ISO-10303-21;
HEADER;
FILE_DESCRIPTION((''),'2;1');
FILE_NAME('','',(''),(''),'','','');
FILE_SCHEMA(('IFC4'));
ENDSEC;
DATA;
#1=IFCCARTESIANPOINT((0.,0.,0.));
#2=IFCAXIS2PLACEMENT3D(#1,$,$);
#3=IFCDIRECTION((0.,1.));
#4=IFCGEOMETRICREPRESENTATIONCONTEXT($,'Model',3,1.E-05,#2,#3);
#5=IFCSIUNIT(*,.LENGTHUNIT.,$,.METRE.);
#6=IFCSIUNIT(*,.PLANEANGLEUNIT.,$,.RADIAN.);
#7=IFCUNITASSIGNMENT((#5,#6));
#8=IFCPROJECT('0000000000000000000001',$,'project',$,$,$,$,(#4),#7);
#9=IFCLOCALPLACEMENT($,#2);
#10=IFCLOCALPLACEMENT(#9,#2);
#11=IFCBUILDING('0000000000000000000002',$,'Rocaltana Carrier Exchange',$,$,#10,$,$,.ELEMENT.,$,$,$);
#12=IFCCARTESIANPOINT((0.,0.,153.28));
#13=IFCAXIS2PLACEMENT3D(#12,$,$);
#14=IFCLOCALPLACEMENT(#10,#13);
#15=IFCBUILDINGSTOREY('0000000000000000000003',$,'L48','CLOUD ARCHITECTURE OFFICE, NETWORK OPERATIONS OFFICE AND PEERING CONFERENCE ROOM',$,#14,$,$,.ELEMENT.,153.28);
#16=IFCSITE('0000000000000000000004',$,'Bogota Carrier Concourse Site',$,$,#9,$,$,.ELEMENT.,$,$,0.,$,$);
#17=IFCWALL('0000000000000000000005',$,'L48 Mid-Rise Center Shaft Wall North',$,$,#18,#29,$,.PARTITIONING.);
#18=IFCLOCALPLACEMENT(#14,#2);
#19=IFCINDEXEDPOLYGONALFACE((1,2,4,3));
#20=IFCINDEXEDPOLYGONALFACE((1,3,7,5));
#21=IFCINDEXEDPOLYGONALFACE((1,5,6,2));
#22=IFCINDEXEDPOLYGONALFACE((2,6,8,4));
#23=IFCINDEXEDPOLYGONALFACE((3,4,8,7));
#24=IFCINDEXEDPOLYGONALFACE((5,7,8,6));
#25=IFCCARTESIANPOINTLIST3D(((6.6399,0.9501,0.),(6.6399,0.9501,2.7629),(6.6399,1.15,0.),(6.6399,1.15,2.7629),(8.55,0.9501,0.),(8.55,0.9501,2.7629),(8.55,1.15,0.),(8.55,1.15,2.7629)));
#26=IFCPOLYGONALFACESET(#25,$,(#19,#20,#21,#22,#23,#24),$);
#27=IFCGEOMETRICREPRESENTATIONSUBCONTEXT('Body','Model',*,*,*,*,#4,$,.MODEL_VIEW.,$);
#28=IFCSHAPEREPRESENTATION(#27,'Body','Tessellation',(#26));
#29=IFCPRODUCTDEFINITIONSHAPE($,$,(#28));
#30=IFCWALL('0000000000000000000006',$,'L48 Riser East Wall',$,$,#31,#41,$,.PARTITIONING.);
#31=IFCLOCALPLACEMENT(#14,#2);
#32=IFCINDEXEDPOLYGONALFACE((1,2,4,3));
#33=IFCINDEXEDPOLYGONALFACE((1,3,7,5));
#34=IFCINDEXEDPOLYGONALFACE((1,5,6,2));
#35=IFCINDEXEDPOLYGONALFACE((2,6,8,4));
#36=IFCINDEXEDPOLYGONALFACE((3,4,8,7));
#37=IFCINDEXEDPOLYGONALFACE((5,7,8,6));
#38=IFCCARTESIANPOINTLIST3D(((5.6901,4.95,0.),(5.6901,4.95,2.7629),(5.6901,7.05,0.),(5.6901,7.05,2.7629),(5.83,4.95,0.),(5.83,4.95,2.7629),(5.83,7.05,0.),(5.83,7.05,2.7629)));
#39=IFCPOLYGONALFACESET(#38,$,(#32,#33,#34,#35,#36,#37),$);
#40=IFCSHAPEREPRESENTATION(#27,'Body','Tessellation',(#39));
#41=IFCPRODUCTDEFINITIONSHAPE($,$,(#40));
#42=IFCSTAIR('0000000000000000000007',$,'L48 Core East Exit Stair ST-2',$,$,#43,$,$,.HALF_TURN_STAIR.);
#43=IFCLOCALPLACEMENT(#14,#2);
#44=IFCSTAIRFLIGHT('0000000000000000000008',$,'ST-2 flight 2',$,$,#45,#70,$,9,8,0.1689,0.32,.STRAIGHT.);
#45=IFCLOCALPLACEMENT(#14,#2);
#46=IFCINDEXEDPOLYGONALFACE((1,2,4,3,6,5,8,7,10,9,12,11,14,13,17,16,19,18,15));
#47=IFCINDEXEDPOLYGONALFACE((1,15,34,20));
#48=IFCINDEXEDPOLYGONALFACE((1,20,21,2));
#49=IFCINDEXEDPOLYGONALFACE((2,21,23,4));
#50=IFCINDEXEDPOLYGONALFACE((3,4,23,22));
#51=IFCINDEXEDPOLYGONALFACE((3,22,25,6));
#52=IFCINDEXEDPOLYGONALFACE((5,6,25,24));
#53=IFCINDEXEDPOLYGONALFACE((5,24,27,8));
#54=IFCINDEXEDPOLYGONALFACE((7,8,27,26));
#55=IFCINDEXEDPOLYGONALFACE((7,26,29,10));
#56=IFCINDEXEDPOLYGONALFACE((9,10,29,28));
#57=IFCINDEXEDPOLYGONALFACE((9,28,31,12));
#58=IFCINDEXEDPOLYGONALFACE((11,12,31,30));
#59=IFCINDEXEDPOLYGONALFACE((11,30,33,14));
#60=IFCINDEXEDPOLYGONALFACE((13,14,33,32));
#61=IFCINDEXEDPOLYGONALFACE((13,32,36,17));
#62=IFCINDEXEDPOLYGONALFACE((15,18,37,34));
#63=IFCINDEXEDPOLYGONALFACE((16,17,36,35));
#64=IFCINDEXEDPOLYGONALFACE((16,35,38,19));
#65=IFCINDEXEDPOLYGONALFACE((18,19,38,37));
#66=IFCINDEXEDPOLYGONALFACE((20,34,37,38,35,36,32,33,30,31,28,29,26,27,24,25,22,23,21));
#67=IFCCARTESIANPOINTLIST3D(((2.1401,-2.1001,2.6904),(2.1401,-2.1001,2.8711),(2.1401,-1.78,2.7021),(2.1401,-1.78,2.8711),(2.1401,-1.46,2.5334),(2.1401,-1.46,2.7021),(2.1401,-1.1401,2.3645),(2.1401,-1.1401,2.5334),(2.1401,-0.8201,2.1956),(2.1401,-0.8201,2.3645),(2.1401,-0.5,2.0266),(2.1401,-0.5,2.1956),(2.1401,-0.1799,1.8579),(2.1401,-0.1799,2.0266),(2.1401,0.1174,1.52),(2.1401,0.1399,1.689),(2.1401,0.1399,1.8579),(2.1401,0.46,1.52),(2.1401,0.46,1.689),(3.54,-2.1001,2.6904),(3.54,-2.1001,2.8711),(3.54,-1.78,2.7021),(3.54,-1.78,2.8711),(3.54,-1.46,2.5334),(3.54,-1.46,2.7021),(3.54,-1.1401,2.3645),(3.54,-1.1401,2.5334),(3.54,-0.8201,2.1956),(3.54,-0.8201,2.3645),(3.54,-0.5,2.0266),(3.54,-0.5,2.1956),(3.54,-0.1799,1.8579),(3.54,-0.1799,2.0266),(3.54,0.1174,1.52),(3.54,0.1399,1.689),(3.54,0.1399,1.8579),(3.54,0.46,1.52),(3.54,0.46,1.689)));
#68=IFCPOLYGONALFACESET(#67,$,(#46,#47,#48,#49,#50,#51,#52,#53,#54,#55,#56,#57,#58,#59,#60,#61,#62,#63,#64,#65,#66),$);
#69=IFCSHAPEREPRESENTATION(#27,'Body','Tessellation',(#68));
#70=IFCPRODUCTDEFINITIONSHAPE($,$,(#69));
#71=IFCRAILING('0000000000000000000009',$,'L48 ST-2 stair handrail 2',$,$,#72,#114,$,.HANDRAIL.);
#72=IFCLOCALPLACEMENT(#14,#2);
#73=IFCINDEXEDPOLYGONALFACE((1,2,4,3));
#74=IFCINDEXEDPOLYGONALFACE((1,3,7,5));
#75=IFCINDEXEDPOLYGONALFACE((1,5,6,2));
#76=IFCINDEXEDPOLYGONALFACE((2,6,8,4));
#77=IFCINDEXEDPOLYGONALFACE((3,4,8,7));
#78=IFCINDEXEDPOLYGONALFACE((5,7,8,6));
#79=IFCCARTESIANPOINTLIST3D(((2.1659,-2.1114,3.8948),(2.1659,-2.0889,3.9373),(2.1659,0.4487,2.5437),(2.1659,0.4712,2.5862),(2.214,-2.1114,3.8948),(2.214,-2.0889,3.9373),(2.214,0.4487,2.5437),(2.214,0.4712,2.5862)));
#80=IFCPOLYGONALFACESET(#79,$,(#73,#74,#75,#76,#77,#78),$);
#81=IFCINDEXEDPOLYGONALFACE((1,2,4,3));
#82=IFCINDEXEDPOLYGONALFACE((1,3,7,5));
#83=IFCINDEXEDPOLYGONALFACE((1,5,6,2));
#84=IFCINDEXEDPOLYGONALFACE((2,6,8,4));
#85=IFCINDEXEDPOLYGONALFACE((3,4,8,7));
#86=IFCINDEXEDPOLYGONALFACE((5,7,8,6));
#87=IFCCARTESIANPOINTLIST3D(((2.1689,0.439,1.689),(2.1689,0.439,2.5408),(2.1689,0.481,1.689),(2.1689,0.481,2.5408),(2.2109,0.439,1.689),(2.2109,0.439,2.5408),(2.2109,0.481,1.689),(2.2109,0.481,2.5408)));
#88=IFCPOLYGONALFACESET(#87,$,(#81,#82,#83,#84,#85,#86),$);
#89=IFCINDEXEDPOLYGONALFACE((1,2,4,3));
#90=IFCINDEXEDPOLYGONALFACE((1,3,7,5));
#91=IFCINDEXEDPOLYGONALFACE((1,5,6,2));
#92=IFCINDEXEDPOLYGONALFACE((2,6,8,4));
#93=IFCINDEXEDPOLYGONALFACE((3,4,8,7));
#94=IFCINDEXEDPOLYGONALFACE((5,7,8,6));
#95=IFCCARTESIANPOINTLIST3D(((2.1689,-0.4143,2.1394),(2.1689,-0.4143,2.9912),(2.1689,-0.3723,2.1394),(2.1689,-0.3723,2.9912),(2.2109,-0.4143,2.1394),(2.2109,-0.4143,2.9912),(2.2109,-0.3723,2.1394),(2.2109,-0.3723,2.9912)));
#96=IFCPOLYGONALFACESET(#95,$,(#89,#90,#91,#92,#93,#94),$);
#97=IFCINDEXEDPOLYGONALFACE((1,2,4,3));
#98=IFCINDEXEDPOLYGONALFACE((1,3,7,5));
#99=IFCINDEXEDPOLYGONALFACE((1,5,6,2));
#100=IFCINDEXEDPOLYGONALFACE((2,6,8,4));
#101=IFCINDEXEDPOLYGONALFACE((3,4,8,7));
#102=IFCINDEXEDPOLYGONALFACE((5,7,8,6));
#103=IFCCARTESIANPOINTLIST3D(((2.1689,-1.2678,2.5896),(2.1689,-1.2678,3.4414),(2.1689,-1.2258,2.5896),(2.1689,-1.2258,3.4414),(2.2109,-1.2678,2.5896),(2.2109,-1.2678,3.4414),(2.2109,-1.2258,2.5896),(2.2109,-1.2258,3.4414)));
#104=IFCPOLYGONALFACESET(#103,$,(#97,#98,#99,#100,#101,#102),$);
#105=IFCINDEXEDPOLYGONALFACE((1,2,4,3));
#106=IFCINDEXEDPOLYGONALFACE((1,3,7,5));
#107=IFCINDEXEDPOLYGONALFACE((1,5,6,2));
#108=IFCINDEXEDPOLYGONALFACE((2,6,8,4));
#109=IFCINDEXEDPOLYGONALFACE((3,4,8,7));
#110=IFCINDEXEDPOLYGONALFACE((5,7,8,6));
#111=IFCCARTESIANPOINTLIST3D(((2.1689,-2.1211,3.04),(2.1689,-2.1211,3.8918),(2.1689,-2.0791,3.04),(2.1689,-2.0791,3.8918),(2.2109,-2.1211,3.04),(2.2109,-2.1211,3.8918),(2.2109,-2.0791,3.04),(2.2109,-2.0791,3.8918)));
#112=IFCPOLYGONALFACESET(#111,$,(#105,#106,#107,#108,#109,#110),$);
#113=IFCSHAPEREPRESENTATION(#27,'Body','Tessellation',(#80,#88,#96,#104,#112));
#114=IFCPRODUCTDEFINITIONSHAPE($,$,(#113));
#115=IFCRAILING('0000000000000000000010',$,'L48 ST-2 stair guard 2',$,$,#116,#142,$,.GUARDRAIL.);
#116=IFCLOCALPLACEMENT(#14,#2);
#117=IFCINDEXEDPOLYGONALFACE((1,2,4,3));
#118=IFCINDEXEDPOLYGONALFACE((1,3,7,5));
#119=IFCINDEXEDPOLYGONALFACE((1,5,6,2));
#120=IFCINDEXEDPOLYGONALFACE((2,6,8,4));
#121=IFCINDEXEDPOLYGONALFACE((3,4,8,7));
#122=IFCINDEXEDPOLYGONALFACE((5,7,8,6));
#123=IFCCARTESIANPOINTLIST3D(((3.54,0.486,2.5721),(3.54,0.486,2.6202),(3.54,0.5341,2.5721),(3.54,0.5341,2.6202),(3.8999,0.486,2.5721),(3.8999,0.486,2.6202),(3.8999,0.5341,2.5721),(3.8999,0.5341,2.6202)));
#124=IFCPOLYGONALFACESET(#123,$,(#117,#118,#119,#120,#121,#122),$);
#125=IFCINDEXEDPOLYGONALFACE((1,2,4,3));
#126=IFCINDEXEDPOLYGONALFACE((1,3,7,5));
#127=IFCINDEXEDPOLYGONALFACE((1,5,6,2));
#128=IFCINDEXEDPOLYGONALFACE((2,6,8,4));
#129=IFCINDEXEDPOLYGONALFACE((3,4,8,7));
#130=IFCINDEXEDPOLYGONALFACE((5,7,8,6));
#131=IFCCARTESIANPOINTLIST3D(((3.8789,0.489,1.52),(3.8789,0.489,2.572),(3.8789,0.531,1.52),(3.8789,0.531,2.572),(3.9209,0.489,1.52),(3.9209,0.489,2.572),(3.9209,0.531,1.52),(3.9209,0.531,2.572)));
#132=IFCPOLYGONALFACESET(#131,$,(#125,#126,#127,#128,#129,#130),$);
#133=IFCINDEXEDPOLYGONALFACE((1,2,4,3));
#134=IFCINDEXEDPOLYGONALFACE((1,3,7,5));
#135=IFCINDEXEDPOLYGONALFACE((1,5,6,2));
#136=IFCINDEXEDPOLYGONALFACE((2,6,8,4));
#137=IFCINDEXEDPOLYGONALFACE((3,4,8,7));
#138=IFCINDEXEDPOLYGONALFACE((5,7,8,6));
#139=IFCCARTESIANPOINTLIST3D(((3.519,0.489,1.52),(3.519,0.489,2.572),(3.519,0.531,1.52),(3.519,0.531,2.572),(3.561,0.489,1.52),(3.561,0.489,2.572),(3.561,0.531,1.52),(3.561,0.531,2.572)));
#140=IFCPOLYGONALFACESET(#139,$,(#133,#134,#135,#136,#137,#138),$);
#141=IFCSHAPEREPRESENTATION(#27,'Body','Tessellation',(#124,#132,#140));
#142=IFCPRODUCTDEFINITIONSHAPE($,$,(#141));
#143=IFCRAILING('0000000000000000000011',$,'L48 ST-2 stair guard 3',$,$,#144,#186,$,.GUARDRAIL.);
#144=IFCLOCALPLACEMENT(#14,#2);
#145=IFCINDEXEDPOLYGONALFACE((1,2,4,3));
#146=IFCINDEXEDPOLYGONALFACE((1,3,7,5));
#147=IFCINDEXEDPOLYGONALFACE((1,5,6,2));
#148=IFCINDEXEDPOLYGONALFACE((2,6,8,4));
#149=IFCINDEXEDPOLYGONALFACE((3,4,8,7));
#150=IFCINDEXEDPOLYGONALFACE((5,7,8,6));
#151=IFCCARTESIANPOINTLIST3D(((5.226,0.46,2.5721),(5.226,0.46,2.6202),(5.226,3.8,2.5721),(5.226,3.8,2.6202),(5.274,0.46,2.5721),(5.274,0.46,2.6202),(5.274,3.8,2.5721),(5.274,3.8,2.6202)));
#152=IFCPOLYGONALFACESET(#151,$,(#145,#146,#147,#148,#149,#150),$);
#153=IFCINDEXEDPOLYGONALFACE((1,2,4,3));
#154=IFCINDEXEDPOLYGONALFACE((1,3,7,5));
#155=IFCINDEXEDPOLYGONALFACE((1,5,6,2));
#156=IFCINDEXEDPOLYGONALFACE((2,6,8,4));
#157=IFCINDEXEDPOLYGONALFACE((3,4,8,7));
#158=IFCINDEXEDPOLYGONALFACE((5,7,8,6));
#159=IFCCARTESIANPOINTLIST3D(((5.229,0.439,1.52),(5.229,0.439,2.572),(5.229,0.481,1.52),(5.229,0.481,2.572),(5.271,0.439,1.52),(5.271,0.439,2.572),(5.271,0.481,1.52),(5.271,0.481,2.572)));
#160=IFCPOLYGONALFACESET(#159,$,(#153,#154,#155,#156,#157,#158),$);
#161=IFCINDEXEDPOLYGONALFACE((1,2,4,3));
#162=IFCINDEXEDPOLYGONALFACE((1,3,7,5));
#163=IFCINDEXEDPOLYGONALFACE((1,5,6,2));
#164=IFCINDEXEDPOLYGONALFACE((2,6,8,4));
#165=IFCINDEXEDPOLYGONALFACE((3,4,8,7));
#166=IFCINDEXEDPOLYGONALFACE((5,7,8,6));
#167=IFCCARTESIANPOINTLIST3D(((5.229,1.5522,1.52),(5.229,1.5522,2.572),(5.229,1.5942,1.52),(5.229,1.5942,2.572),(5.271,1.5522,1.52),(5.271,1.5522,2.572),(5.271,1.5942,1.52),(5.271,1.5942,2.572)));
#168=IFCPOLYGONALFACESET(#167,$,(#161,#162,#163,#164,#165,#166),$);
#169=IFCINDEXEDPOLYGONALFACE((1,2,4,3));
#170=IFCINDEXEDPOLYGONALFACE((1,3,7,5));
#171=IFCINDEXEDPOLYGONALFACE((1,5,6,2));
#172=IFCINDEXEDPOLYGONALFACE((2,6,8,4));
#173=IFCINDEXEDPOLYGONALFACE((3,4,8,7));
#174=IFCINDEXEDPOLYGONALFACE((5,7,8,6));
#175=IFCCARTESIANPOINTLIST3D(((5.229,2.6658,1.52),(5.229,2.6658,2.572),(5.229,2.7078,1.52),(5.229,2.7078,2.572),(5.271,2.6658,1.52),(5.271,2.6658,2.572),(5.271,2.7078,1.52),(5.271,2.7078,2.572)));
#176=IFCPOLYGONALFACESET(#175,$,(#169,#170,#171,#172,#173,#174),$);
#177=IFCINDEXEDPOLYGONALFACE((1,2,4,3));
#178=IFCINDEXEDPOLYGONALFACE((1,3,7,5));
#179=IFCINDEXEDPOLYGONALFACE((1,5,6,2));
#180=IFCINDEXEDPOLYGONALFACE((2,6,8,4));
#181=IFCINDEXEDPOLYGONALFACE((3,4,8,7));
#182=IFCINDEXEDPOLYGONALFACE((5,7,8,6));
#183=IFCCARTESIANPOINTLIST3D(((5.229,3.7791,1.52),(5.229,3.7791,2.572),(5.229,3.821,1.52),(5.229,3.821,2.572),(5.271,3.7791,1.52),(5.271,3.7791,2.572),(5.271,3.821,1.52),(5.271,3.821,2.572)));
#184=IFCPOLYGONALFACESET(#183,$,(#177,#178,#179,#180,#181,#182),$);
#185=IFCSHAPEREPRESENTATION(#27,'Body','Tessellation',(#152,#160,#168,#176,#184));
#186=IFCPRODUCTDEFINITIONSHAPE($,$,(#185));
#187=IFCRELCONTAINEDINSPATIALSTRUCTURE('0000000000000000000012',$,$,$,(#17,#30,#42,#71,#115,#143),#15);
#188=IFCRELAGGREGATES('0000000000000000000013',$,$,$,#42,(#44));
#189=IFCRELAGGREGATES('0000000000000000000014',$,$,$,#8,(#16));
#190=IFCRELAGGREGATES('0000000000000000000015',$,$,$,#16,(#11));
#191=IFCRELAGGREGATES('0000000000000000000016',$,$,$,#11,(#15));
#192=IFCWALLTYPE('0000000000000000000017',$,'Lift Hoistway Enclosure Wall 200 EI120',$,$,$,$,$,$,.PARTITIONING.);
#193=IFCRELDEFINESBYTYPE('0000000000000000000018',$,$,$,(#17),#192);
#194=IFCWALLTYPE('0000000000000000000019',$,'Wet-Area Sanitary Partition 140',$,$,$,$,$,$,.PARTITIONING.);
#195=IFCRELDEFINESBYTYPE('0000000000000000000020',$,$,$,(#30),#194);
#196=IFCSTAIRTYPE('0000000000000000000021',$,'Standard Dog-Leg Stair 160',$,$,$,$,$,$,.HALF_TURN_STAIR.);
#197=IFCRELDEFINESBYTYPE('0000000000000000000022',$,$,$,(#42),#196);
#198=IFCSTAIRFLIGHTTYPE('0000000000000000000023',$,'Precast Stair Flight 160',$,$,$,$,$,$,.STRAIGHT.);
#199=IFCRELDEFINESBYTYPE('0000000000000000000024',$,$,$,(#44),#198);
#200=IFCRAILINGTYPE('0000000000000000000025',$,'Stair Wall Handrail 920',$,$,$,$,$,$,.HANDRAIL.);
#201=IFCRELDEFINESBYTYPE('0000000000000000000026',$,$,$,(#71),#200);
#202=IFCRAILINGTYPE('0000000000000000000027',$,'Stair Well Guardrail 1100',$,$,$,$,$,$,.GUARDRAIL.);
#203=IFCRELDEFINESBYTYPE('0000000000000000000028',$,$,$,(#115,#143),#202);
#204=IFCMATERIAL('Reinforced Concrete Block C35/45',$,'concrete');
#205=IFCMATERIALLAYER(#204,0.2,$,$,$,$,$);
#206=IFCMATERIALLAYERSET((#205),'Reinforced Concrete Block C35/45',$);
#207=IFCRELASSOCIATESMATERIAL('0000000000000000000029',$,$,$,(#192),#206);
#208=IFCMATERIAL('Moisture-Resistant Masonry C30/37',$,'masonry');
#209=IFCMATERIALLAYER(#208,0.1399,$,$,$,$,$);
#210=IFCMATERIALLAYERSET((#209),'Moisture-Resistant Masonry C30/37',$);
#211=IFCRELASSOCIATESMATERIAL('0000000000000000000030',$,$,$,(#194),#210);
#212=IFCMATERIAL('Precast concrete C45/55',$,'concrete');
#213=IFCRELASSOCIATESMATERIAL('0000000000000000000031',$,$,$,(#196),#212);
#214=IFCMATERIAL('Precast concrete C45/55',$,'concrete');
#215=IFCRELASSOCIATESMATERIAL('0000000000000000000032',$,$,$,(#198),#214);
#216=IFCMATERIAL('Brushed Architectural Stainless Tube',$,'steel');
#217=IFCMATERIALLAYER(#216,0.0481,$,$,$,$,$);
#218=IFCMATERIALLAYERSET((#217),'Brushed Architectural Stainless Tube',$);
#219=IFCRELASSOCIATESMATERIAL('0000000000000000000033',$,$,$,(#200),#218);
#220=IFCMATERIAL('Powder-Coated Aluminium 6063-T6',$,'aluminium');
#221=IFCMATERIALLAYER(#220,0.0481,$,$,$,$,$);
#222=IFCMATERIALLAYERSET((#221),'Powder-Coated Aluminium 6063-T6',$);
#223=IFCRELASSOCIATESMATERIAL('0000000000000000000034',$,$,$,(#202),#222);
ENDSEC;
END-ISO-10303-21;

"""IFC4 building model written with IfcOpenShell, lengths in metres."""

from ifc_helpers import new_model, si_unit, direction, frame, frame_2d, origin, origin_2d, place, context, subcontext, project, spatial, polyline, rectangle, outline, extrude, material, layer, layer_set, type_object, element, aggregate, save


model = new_model("IFC4")

# Units and contexts
model_context = context("Model", 3, precision=1e-05, world=origin(), true_north=direction((0.0, 1.0)))
body_context = subcontext(model_context, "Body", "Model", "MODEL_VIEW")
ifc_project = project(units=[si_unit("LENGTHUNIT", "METRE"), si_unit("PLANEANGLEUNIT", "RADIAN")], contexts=[model_context])

# Site, building, storey
site_placement = place(None, origin())
site = spatial("IfcSite", under=ifc_project, at=site_placement, Name="Bogota Carrier Concourse Site", CompositionType="ELEMENT", RefElevation=0.0)
building_placement = place(site_placement, origin())
building = spatial("IfcBuilding", under=site, at=building_placement, Name="Rocaltana Carrier Exchange", CompositionType="ELEMENT")
storey_placement = place(building_placement, frame((0.0, 0.0, 153.28)))
storey = spatial("IfcBuildingStorey", under=building, at=storey_placement, Name="L48", Description="CLOUD ARCHITECTURE OFFICE, NETWORK OPERATIONS OFFICE AND PEERING CONFERENCE ROOM", CompositionType="ELEMENT", Elevation=153.28)

# Walls
ifc_material_1 = material(Name="Reinforced Concrete Block C35/45", Category="concrete")
ifc_layer_1 = layer(ifc_material_1, 0.2)
ifc_layer_set_1 = layer_set([ifc_layer_1], Name="Reinforced Concrete Block C35/45")
wall_type_1 = type_object("IfcWallType", Name="Lift Hoistway Enclosure Wall 200 EI120", PredefinedType="PARTITIONING", material=ifc_layer_set_1)
wall_1_placement = place(storey_placement, frame((6.6399, 1.05, 0.0), z_axis=(0.0, 0.0, 1.0), x_axis=(1.0, 0.0, 0.0)))
element("IfcWall", 1, at=wall_1_placement, inside=storey, type_object=wall_type_1, Name="L48 Mid-Rise Center Shaft Wall North", PredefinedType="PARTITIONING", context=body_context, shape_type="SweptSolid", body=[
    extrude(rectangle(XDim=1.9102, YDim=0.2, at=frame_2d((0.9551, 0.0))), origin(), (0.0, 0.0, 1.0), 2.7629),
])
ifc_material_2 = material(Name="Moisture-Resistant Masonry C30/37", Category="masonry")
ifc_layer_2 = layer(ifc_material_2, 0.1399)
ifc_layer_set_2 = layer_set([ifc_layer_2], Name="Moisture-Resistant Masonry C30/37")
wall_type_2 = type_object("IfcWallType", Name="Wet-Area Sanitary Partition 140", PredefinedType="PARTITIONING", material=ifc_layer_set_2)
wall_2_placement = place(storey_placement, frame((5.76, 4.95, 0.0), z_axis=(0.0, 0.0, 1.0), x_axis=(0.0, 1.0, 0.0)))
element("IfcWall", 2, at=wall_2_placement, inside=storey, type_object=wall_type_2, Name="L48 Riser East Wall", PredefinedType="PARTITIONING", context=body_context, shape_type="SweptSolid", body=[
    extrude(rectangle(XDim=2.1001, YDim=0.1399, at=frame_2d((1.05, 0.0))), origin(), (0.0, 0.0, 1.0), 2.7629),
])

# Stair, stair flight
ifc_material_3 = material(Name="Precast concrete C45/55", Category="concrete")
stair_type = type_object("IfcStairType", Name="Standard Dog-Leg Stair 160", PredefinedType="HALF_TURN_STAIR", material=ifc_material_3)
stair_placement = place(storey_placement, origin())
stair = element("IfcStair", 3, at=stair_placement, inside=storey, type_object=stair_type, Name="L48 Core East Exit Stair ST-2", PredefinedType="HALF_TURN_STAIR")
ifc_material_4 = material(Name="Precast concrete C45/55", Category="concrete")
stair_flight_type = type_object("IfcStairFlightType", Name="Precast Stair Flight 160", PredefinedType="STRAIGHT", material=ifc_material_4)
stair_flight_placement = place(storey_placement, frame((2.8401, 0.46, 1.52), z_axis=(0.0, 0.0, 1.0), x_axis=(0.0, -1.0, 0.0)))
stair_flight = element("IfcStairFlight", 4, at=stair_flight_placement, type_object=stair_flight_type, Name="ST-2 flight 2", NumberOfRisers=9, NumberOfTreads=8, PredefinedType="STRAIGHT", RiserHeight=0.1689, TreadLength=0.32, context=body_context, shape_type="SweptSolid", body=[
    extrude(outline(polyline([(0.0, 0.0), (0.0, 0.1689), (0.3201, 0.1689), (0.3201, 0.3379), (0.6399, 0.3379), (0.6399, 0.5066), (0.96, 0.5066), (0.96, 0.6755), (1.28, 0.6755), (1.28, 0.8445), (1.6001, 0.8445), (1.6001, 1.0134), (1.9199, 1.0134), (1.9199, 1.1821), (2.24, 1.1821), (2.24, 1.3511), (2.5601, 1.3511), (2.5601, 1.52), (2.5601, 1.1704), (0.3425, 0.0), (0.0, 0.0)])), frame((0.0, 0.7, 0.0), z_axis=(0.0, -1.0, 0.0), x_axis=(1.0, 0.0, 0.0)), (0.0, 0.0, 1.0), 1.3999),
])
aggregate(stair, [stair_flight])

# Railings
ifc_material_5 = material(Name="Brushed Architectural Stainless Tube", Category="steel")
ifc_layer_3 = layer(ifc_material_5, 0.0481)
ifc_layer_set_3 = layer_set([ifc_layer_3], Name="Brushed Architectural Stainless Tube")
railing_type_1 = type_object("IfcRailingType", Name="Stair Wall Handrail 920", PredefinedType="HANDRAIL", material=ifc_layer_set_3)
railing_1_placement = place(storey_placement, frame((2.1899, 0.46, 1.689)))
element("IfcRailing", 5, at=railing_1_placement, inside=storey, type_object=railing_type_1, Name="L48 ST-2 stair handrail 2", PredefinedType="HANDRAIL", context=body_context, shape_type="SweptSolid", body=[
    extrude(rectangle(XDim=0.0481, YDim=0.0481, at=origin_2d()), frame((0.0, 0.0, 0.876), z_axis=(0.0, -0.884394, 0.46674), x_axis=(1.0, 0.0, 0.0)), (0.0, 0.0, 1.0), 2.8948),
    extrude(rectangle(XDim=0.042, YDim=0.042, at=origin_2d()), origin(), (0.0, 0.0, 1.0), 0.8518),
    extrude(rectangle(XDim=0.042, YDim=0.042, at=origin_2d()), frame((0.0, -0.8533, 0.4504)), (0.0, 0.0, 1.0), 0.8518),
    extrude(rectangle(XDim=0.042, YDim=0.042, at=origin_2d()), frame((0.0, -1.7068, 0.9006)), (0.0, 0.0, 1.0), 0.8518),
    extrude(rectangle(XDim=0.042, YDim=0.042, at=origin_2d()), frame((0.0, -2.5601, 1.3511)), (0.0, 0.0, 1.0), 0.8518),
])
ifc_material_6 = material(Name="Powder-Coated Aluminium 6063-T6", Category="aluminium")
ifc_layer_4 = layer(ifc_material_6, 0.0481)
ifc_layer_set_4 = layer_set([ifc_layer_4], Name="Powder-Coated Aluminium 6063-T6")
railing_type_2 = type_object("IfcRailingType", Name="Stair Well Guardrail 1100", PredefinedType="GUARDRAIL", material=ifc_layer_set_4)
railing_2_placement = place(storey_placement, frame((3.8999, 0.51, 1.52)))
element("IfcRailing", 6, at=railing_2_placement, inside=storey, type_object=railing_type_2, Name="L48 ST-2 stair guard 2", PredefinedType="GUARDRAIL", context=body_context, shape_type="SweptSolid", body=[
    extrude(rectangle(XDim=0.0481, YDim=0.0481, at=origin_2d()), frame((0.0, 0.0, 1.0762), z_axis=(-1.0, 0.0, 0.0), x_axis=(0.0, -1.0, 0.0)), (0.0, 0.0, 1.0), 0.3599),
    extrude(rectangle(XDim=0.042, YDim=0.042, at=origin_2d()), origin(), (0.0, 0.0, 1.0), 1.052),
    extrude(rectangle(XDim=0.042, YDim=0.042, at=origin_2d()), frame((-0.3599, 0.0, 0.0)), (0.0, 0.0, 1.0), 1.052),
])
for number, where, name in (
    (7, (5.25, 0.46, 1.52), "L48 ST-2 stair guard 3"),
):
    element("IfcRailing", number, at=place(storey_placement, frame(where)), inside=storey, type_object=railing_type_2, Name=name, PredefinedType="GUARDRAIL", context=body_context, shape_type="SweptSolid", body=[
        extrude(rectangle(XDim=0.0481, YDim=0.0481, at=origin_2d()), frame((0.0, 0.0, 1.0762), z_axis=(0.0, 1.0, 0.0), x_axis=(-1.0, 0.0, 0.0)), (0.0, 0.0, 1.0), 3.3401),
        extrude(rectangle(XDim=0.042, YDim=0.042, at=origin_2d()), origin(), (0.0, 0.0, 1.0), 1.052),
        extrude(rectangle(XDim=0.042, YDim=0.042, at=origin_2d()), frame((0.0, 1.1133, 0.0)), (0.0, 0.0, 1.0), 1.052),
        extrude(rectangle(XDim=0.042, YDim=0.042, at=origin_2d()), frame((0.0, 2.2268, 0.0)), (0.0, 0.0, 1.0), 1.052),
        extrude(rectangle(XDim=0.042, YDim=0.042, at=origin_2d()), frame((0.0, 3.3401, 0.0)), (0.0, 0.0, 1.0), 1.052),
    ])

save(model, "model.ifc")
